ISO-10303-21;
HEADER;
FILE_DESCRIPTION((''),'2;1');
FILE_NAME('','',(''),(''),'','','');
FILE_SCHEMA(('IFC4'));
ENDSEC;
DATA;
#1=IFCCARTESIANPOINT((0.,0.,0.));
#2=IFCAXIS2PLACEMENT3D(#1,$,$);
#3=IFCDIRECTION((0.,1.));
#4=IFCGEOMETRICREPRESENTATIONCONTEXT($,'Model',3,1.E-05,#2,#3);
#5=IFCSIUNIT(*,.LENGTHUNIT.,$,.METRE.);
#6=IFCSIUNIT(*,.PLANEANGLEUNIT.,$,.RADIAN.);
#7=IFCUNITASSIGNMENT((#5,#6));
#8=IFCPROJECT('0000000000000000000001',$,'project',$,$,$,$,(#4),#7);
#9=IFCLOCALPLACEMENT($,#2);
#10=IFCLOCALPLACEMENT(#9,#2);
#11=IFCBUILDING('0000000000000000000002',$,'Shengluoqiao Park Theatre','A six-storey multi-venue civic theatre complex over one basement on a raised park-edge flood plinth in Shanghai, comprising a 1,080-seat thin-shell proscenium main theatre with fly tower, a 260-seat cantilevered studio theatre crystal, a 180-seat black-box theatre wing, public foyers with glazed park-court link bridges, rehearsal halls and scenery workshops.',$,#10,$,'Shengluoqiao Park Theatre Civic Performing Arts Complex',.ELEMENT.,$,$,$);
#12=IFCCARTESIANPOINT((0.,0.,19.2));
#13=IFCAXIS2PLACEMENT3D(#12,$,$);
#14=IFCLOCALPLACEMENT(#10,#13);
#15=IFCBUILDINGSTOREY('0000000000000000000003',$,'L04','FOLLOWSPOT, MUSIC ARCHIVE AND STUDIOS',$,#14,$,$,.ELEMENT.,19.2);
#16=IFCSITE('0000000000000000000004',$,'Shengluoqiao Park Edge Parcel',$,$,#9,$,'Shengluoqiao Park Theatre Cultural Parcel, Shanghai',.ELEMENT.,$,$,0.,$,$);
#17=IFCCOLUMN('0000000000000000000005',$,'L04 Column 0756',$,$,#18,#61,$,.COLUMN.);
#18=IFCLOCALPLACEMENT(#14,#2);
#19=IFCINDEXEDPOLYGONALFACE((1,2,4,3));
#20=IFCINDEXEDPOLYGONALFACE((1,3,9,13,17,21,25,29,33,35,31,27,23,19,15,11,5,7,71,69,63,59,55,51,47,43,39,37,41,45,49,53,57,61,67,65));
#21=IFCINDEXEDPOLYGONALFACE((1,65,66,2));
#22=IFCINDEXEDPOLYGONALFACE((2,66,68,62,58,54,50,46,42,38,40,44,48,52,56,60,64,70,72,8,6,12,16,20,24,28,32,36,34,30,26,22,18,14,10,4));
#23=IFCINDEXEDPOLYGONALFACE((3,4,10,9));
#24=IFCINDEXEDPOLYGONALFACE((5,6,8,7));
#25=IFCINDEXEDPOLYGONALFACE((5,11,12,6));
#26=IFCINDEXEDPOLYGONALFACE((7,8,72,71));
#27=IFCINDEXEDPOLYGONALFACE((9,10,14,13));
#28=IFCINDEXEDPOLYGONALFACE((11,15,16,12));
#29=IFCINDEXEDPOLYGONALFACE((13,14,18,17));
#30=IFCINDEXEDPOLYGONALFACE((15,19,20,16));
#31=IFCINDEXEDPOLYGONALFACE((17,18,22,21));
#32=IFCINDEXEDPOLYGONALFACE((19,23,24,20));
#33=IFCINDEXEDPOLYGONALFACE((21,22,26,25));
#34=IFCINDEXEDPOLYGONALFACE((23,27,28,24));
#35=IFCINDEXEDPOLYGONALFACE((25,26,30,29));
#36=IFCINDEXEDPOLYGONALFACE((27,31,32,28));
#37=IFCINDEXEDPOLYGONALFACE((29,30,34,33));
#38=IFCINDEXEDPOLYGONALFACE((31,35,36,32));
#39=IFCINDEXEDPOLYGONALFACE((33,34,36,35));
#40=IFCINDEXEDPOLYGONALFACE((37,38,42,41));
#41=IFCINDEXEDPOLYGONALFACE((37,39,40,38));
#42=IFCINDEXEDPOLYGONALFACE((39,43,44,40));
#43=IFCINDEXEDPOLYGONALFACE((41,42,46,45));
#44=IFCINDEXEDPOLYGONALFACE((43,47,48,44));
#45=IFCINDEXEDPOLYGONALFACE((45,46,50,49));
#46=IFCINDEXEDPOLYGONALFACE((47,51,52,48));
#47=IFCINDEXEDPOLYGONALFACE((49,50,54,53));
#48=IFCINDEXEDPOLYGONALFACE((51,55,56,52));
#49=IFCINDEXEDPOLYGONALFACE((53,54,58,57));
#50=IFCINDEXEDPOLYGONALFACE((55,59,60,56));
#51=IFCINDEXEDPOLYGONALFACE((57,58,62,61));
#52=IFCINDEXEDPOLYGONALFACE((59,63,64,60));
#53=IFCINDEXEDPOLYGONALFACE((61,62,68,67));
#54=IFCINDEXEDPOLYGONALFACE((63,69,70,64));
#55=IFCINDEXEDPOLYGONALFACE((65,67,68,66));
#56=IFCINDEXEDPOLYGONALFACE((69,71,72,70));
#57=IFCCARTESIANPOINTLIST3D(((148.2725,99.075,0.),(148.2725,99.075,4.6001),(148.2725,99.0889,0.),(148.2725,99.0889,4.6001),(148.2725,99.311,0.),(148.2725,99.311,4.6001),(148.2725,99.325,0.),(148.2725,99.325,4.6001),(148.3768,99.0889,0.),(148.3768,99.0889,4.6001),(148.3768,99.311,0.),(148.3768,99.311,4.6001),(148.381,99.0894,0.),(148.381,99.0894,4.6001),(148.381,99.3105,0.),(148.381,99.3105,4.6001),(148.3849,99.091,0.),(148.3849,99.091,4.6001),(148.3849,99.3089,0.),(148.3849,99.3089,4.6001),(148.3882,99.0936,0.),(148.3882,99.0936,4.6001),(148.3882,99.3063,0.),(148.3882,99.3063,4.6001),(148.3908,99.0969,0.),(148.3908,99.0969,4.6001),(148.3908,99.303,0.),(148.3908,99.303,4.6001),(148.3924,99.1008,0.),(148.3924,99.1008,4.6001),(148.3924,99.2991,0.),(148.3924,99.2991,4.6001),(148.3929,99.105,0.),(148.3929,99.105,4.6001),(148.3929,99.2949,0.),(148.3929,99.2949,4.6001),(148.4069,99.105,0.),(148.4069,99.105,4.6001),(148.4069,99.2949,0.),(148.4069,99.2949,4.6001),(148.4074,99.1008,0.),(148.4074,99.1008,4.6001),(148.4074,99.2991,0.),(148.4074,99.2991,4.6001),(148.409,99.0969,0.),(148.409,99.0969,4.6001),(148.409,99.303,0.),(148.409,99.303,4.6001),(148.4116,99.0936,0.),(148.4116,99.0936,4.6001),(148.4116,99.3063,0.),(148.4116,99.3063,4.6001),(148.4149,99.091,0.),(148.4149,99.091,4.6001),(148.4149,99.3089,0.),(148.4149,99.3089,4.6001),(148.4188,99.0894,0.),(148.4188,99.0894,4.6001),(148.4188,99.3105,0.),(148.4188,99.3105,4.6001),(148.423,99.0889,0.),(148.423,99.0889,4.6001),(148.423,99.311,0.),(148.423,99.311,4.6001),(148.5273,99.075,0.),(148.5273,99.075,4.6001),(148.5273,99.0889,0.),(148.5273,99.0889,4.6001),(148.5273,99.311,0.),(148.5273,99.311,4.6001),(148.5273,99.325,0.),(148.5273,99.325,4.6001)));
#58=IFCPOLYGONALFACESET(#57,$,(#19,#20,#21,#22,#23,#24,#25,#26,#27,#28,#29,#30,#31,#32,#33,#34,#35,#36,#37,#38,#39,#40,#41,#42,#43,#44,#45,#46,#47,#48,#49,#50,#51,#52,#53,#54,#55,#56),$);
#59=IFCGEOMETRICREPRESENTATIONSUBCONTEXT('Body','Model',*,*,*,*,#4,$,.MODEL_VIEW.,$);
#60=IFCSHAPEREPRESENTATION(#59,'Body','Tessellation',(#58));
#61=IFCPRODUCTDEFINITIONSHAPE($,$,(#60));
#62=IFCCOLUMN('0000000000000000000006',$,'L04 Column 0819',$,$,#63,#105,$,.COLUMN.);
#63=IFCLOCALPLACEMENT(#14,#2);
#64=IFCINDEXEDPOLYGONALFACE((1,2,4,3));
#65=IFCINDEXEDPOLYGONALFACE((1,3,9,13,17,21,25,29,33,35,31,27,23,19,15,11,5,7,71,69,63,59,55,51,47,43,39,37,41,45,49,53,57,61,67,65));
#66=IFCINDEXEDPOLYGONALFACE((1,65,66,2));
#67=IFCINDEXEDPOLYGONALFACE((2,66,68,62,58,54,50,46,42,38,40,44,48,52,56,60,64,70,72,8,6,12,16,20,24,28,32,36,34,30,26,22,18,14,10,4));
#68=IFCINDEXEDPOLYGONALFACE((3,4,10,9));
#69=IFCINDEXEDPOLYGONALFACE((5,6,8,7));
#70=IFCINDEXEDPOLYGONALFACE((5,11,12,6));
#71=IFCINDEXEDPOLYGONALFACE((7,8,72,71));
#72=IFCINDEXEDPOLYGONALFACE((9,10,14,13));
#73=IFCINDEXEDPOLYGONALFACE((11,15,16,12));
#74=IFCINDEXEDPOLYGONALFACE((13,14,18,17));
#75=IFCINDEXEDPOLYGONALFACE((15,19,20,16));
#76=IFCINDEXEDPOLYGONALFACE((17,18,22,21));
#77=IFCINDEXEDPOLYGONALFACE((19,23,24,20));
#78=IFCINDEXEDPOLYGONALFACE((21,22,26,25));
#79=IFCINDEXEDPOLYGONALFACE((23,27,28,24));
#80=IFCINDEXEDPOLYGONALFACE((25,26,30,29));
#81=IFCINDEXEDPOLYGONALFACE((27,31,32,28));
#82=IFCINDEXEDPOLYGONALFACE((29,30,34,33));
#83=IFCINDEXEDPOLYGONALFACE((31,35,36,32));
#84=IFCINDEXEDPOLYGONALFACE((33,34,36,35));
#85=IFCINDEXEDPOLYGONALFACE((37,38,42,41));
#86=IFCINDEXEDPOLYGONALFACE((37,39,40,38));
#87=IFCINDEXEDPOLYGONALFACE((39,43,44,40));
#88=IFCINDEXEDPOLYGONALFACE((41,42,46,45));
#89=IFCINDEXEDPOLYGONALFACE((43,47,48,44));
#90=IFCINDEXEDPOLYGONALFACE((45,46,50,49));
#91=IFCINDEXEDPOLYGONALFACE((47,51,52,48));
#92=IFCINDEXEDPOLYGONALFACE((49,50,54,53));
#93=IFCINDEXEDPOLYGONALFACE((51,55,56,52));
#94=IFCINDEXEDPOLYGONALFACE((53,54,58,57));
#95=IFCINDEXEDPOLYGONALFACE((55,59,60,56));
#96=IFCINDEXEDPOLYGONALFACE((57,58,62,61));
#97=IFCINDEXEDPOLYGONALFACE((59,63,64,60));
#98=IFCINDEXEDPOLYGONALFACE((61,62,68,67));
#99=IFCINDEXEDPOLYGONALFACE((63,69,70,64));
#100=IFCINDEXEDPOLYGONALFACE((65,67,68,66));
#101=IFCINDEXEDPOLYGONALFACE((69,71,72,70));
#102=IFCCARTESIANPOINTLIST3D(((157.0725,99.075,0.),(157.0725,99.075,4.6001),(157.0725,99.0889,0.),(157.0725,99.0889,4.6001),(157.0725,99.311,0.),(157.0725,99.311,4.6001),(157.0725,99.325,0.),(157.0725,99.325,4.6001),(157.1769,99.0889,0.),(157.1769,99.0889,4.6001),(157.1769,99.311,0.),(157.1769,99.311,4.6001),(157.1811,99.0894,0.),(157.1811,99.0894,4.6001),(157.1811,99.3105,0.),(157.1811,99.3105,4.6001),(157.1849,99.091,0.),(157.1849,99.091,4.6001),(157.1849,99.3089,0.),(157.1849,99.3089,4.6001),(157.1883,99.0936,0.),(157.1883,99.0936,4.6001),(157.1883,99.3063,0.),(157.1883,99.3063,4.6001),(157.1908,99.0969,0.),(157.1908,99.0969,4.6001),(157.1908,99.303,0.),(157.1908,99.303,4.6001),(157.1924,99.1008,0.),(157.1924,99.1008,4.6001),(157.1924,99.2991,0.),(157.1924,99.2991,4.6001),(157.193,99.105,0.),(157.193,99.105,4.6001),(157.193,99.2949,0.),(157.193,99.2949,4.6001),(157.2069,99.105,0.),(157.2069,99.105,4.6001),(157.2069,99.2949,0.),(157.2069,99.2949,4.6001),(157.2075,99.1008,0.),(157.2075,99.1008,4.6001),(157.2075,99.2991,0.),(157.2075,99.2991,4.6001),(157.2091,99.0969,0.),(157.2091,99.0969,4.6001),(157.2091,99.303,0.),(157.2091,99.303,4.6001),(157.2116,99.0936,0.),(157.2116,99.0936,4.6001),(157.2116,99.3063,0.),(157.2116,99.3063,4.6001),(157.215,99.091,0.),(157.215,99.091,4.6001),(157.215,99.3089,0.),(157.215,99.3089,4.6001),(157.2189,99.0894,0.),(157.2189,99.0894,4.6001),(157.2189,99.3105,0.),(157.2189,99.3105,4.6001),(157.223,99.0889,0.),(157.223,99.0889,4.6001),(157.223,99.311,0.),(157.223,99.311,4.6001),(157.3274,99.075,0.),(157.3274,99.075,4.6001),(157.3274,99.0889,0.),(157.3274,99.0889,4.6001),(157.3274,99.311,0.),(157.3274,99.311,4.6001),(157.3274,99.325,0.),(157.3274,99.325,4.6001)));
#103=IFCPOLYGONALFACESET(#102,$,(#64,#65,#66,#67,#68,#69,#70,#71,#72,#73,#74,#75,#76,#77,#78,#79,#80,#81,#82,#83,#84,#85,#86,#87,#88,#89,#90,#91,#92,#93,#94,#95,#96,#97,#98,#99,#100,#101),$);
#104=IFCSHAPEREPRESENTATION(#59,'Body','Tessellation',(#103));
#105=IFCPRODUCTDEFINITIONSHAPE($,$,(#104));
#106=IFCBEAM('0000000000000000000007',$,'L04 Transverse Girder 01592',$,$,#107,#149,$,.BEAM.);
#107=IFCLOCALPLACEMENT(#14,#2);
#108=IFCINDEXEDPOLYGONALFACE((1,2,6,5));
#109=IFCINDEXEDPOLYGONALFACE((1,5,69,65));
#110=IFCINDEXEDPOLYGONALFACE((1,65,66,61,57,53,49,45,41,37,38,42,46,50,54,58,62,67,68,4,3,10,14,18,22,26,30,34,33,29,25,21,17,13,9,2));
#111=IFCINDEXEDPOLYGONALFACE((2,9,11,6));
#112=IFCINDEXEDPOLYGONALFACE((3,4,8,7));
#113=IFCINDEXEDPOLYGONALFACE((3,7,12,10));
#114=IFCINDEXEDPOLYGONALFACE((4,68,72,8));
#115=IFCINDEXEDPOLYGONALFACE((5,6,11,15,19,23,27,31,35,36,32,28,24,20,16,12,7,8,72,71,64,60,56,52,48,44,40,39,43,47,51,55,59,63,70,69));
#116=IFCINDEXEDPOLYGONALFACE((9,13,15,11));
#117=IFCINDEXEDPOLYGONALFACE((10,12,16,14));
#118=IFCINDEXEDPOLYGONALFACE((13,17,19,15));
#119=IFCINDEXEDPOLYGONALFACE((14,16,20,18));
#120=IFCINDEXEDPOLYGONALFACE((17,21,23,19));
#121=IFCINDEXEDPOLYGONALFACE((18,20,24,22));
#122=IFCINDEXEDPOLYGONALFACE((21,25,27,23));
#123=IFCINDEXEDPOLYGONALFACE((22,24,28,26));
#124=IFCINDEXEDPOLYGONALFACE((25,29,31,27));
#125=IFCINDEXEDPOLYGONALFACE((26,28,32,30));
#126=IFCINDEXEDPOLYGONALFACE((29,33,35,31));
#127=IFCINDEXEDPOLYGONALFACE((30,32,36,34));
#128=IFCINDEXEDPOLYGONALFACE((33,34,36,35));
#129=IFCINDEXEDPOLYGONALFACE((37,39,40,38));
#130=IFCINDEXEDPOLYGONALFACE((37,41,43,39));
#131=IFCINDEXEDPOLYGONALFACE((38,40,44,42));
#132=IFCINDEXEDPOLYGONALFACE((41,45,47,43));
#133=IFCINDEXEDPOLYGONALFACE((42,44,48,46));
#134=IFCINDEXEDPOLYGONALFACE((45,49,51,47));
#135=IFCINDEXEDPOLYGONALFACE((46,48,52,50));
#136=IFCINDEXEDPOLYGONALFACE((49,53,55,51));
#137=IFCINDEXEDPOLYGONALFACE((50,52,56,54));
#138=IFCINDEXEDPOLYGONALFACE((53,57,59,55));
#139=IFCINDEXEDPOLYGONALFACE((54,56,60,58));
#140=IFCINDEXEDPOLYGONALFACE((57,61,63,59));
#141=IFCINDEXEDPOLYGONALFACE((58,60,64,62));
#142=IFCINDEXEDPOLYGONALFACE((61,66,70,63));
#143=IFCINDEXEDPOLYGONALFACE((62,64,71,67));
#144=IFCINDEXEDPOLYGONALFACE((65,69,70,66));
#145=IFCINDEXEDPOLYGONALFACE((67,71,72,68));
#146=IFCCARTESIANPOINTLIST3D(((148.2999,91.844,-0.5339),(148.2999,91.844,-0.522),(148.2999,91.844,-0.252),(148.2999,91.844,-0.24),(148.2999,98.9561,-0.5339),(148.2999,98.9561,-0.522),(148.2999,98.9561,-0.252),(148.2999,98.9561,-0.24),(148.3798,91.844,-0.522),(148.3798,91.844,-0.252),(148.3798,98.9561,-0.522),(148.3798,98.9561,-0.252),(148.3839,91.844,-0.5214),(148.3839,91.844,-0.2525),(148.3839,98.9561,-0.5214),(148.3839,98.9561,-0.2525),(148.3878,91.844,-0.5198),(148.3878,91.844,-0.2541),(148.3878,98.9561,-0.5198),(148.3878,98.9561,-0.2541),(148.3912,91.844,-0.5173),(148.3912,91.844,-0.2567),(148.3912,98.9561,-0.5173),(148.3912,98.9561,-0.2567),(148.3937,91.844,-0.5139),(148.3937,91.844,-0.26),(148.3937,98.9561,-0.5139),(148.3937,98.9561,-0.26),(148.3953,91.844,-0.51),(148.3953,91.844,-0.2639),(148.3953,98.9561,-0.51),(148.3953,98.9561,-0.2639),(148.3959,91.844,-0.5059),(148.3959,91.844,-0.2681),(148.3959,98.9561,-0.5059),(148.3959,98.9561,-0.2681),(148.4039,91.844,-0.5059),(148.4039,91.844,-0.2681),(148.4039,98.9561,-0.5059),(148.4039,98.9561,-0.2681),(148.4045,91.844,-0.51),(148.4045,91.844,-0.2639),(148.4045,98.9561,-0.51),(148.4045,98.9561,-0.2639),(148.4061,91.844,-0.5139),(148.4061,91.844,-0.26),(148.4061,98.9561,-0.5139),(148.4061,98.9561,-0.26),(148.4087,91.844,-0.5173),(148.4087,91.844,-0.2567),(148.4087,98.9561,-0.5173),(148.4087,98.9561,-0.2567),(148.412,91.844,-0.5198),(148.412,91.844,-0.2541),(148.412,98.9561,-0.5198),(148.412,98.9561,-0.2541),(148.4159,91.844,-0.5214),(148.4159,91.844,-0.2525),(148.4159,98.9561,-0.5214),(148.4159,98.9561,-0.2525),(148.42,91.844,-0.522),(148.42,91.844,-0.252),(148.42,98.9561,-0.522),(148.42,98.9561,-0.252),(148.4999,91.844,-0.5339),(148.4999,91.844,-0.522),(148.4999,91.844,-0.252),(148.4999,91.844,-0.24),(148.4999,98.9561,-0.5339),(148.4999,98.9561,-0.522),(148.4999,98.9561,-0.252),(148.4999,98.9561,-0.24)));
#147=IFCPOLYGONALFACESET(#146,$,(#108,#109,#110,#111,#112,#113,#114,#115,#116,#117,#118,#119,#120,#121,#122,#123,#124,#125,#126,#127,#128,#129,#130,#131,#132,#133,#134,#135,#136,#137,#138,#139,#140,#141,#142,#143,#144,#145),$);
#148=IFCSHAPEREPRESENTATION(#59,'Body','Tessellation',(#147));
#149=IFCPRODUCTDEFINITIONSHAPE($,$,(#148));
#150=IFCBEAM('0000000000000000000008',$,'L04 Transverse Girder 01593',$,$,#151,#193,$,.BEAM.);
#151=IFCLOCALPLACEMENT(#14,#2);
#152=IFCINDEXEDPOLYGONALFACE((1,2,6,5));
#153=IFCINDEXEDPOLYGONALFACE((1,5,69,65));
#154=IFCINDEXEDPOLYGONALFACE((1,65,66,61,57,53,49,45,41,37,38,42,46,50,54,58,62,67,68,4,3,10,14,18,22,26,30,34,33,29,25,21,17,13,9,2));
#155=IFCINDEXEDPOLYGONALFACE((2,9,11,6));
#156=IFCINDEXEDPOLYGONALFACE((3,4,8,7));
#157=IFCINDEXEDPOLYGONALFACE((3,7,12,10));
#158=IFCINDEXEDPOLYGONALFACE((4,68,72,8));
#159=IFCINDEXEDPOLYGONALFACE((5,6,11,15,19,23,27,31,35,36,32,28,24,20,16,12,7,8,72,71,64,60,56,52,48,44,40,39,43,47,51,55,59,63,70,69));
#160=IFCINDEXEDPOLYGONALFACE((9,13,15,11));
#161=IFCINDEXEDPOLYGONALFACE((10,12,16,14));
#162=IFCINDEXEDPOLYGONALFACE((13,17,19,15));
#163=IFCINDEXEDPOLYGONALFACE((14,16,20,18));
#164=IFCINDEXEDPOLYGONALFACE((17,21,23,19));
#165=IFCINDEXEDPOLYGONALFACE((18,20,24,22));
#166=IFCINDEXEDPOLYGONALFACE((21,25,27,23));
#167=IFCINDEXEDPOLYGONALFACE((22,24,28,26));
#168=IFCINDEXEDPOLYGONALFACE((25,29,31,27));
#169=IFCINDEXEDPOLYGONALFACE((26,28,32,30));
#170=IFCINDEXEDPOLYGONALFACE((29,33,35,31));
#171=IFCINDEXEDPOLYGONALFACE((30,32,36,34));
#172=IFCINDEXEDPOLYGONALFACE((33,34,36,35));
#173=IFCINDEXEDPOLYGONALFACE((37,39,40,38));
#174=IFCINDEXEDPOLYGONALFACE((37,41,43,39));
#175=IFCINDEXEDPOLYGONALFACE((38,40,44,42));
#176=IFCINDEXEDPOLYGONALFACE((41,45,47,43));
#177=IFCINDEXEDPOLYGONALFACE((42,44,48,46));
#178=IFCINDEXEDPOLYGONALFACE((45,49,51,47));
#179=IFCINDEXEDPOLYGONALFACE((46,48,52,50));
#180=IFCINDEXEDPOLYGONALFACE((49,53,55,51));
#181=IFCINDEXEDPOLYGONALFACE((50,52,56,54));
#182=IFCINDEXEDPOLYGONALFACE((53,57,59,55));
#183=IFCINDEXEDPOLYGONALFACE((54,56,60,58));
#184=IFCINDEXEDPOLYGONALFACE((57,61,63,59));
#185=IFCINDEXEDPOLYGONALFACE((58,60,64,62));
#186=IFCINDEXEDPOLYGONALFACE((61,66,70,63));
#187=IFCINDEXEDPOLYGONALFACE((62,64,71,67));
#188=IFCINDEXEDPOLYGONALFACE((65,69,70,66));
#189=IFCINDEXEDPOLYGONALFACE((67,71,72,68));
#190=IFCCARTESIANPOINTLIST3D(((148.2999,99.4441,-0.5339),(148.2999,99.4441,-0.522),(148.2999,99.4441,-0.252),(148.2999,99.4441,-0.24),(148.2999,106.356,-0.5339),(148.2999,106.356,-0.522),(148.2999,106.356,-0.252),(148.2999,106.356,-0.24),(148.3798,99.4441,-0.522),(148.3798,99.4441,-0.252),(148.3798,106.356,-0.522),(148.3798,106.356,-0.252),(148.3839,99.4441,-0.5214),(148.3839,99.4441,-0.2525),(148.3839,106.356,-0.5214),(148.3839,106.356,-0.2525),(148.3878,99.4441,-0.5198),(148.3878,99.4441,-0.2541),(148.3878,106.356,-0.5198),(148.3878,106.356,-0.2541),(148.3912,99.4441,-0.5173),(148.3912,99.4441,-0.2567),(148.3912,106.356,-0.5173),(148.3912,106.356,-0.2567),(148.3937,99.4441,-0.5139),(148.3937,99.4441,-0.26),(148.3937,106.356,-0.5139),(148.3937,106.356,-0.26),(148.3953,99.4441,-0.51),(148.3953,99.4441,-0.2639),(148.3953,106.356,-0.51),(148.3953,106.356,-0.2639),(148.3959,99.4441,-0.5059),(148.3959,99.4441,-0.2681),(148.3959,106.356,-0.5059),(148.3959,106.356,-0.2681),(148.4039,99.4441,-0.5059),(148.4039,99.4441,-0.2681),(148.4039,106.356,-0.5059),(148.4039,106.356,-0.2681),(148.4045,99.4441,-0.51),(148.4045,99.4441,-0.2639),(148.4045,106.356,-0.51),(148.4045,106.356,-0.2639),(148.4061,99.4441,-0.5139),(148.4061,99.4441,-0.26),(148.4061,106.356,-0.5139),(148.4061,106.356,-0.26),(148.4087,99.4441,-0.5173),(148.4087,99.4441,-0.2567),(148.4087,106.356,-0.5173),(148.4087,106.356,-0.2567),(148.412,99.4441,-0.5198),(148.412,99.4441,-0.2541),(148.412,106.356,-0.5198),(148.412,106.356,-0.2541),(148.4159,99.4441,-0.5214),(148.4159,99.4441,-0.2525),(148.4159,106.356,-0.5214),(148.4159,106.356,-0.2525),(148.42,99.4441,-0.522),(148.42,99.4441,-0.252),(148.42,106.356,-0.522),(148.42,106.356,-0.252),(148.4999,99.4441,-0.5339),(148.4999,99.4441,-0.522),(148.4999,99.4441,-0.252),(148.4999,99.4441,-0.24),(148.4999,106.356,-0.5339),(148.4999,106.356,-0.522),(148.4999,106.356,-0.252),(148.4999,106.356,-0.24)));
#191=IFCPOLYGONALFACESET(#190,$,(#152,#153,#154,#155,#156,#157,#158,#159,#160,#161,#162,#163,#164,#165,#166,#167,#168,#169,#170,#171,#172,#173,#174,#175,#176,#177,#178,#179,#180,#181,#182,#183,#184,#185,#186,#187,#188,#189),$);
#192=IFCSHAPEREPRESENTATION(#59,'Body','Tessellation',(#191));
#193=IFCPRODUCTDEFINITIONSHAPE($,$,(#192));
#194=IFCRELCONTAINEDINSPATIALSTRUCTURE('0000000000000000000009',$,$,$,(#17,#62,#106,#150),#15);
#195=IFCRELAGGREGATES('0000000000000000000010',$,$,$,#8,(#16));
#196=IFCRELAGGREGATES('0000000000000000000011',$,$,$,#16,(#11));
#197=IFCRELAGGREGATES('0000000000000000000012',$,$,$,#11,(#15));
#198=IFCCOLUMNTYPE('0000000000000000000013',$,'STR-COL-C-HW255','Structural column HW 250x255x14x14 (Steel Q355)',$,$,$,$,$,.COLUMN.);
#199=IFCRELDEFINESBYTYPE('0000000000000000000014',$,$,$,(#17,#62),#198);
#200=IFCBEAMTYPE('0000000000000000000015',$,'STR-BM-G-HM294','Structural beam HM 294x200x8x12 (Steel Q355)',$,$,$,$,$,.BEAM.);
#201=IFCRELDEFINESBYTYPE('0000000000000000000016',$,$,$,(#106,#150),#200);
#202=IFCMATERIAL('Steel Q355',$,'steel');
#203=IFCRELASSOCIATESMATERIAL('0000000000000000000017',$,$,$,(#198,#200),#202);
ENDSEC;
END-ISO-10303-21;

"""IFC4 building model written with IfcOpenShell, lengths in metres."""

from ifc_helpers import new_model, si_unit, direction, frame, origin, origin_2d, place, context, subcontext, project, spatial, i_section, extrude, material, material_profile, profile_set, type_object, element, save


model = new_model("IFC4")

# Units and contexts
model_context = context("Model", 3, precision=1e-05, world=origin(), true_north=direction((0.0, 1.0)))
body_context = subcontext(model_context, "Body", "Model", "MODEL_VIEW")
ifc_project = project(units=[si_unit("LENGTHUNIT", "METRE"), si_unit("PLANEANGLEUNIT", "RADIAN")], contexts=[model_context])

# Site, building, storey
site_placement = place(None, origin())
site = spatial("IfcSite", under=ifc_project, at=site_placement, Name="Shengluoqiao Park Edge Parcel", LongName="Shengluoqiao Park Theatre Cultural Parcel, Shanghai", CompositionType="ELEMENT", RefElevation=0.0)
building_placement = place(site_placement, origin())
building = spatial("IfcBuilding", under=site, at=building_placement, Name="Shengluoqiao Park Theatre", Description="A six-storey multi-venue civic theatre complex over one basement on a raised park-edge flood plinth in Shanghai, comprising a 1,080-seat thin-shell proscenium main theatre with fly tower, a 260-seat cantilevered studio theatre crystal, a 180-seat black-box theatre wing, public foyers with glazed park-court link bridges, rehearsal halls and scenery workshops.", LongName="Shengluoqiao Park Theatre Civic Performing Arts Complex", CompositionType="ELEMENT")
storey_placement = place(building_placement, frame((0.0, 0.0, 19.2)))
storey = spatial("IfcBuildingStorey", under=building, at=storey_placement, Name="L04", Description="FOLLOWSPOT, MUSIC ARCHIVE AND STUDIOS", CompositionType="ELEMENT", Elevation=19.2)

# Columns
ifc_material_1 = material(Name="Steel Q355", Category="steel")
ifc_material_profile_1 = material_profile(ifc_material_1, i_section(OverallWidth=0.2549, OverallDepth=0.25, WebThickness=0.0139, FlangeThickness=0.0139, FilletRadius=0.0161, at=origin_2d()), Name="HW 250x255x14x14")
ifc_profile_set_1 = profile_set([ifc_material_profile_1], Name="Steel Q355")
column_type = type_object("IfcColumnType", Name="STR-COL-C-HW255", Description="Structural column HW 250x255x14x14 (Steel Q355)", PredefinedType="COLUMN", material=ifc_profile_set_1)
for number, where, z_axis, x_axis, name in (
    (1, (148.3999, 99.2, 0.0), (0.0, 0.0, 1.0), (1.0, 0.0, 0.0), "L04 Column 0756"),
    (2, (157.2, 99.2, 0.0), (0.0, 0.0, 1.0), (1.0, 0.0, 0.0), "L04 Column 0819"),
):
    element("IfcColumn", number, at=place(storey_placement, frame(where, z_axis=z_axis, x_axis=x_axis)), inside=storey, type_object=column_type, Name=name, PredefinedType="COLUMN", context=body_context, shape_type="SweptSolid", body=[
        extrude(i_section(OverallWidth=0.2549, OverallDepth=0.25, WebThickness=0.0139, FlangeThickness=0.0139, FilletRadius=0.0161, at=origin_2d()), origin(), (0.0, 0.0, 1.0), 4.6001),
    ])

# Beams
ifc_material_profile_2 = material_profile(ifc_material_1, i_section(OverallWidth=0.2, OverallDepth=0.2939, WebThickness=0.0081, FlangeThickness=0.012, FilletRadius=0.0161, at=origin_2d()), Name="HM 294x200x8x12")
ifc_profile_set_2 = profile_set([ifc_material_profile_2], Name="Steel Q355")
beam_type_1 = type_object("IfcBeamType", Name="STR-BM-G-HM294", Description="Structural beam HM 294x200x8x12 (Steel Q355)", PredefinedType="BEAM", material=ifc_profile_set_2)
beam_1_placement = place(storey_placement, frame((148.3999, 91.844, -0.387), z_axis=(0.0, 1.0, 0.0), x_axis=(-1.0, 0.0, 0.0)))
element("IfcBeam", 3, at=beam_1_placement, inside=storey, type_object=beam_type_1, Name="L04 Transverse Girder 01592", PredefinedType="BEAM", context=body_context, shape_type="SweptSolid", body=[
    extrude(i_section(OverallWidth=0.2, OverallDepth=0.2939, WebThickness=0.0081, FlangeThickness=0.012, FilletRadius=0.0161, at=origin_2d()), origin(), (0.0, 0.0, 1.0), 7.1121),
])
beam_2_placement = place(storey_placement, frame((148.3999, 99.4441, -0.387), z_axis=(0.0, 1.0, 0.0), x_axis=(-1.0, 0.0, 0.0)))
element("IfcBeam", 4, at=beam_2_placement, inside=storey, type_object=beam_type_1, Name="L04 Transverse Girder 01593", PredefinedType="BEAM", context=body_context, shape_type="SweptSolid", body=[
    extrude(i_section(OverallWidth=0.2, OverallDepth=0.2939, WebThickness=0.0081, FlangeThickness=0.012, FilletRadius=0.0161, at=origin_2d()), origin(), (0.0, 0.0, 1.0), 6.9119),
])

save(model, "model.ifc")
